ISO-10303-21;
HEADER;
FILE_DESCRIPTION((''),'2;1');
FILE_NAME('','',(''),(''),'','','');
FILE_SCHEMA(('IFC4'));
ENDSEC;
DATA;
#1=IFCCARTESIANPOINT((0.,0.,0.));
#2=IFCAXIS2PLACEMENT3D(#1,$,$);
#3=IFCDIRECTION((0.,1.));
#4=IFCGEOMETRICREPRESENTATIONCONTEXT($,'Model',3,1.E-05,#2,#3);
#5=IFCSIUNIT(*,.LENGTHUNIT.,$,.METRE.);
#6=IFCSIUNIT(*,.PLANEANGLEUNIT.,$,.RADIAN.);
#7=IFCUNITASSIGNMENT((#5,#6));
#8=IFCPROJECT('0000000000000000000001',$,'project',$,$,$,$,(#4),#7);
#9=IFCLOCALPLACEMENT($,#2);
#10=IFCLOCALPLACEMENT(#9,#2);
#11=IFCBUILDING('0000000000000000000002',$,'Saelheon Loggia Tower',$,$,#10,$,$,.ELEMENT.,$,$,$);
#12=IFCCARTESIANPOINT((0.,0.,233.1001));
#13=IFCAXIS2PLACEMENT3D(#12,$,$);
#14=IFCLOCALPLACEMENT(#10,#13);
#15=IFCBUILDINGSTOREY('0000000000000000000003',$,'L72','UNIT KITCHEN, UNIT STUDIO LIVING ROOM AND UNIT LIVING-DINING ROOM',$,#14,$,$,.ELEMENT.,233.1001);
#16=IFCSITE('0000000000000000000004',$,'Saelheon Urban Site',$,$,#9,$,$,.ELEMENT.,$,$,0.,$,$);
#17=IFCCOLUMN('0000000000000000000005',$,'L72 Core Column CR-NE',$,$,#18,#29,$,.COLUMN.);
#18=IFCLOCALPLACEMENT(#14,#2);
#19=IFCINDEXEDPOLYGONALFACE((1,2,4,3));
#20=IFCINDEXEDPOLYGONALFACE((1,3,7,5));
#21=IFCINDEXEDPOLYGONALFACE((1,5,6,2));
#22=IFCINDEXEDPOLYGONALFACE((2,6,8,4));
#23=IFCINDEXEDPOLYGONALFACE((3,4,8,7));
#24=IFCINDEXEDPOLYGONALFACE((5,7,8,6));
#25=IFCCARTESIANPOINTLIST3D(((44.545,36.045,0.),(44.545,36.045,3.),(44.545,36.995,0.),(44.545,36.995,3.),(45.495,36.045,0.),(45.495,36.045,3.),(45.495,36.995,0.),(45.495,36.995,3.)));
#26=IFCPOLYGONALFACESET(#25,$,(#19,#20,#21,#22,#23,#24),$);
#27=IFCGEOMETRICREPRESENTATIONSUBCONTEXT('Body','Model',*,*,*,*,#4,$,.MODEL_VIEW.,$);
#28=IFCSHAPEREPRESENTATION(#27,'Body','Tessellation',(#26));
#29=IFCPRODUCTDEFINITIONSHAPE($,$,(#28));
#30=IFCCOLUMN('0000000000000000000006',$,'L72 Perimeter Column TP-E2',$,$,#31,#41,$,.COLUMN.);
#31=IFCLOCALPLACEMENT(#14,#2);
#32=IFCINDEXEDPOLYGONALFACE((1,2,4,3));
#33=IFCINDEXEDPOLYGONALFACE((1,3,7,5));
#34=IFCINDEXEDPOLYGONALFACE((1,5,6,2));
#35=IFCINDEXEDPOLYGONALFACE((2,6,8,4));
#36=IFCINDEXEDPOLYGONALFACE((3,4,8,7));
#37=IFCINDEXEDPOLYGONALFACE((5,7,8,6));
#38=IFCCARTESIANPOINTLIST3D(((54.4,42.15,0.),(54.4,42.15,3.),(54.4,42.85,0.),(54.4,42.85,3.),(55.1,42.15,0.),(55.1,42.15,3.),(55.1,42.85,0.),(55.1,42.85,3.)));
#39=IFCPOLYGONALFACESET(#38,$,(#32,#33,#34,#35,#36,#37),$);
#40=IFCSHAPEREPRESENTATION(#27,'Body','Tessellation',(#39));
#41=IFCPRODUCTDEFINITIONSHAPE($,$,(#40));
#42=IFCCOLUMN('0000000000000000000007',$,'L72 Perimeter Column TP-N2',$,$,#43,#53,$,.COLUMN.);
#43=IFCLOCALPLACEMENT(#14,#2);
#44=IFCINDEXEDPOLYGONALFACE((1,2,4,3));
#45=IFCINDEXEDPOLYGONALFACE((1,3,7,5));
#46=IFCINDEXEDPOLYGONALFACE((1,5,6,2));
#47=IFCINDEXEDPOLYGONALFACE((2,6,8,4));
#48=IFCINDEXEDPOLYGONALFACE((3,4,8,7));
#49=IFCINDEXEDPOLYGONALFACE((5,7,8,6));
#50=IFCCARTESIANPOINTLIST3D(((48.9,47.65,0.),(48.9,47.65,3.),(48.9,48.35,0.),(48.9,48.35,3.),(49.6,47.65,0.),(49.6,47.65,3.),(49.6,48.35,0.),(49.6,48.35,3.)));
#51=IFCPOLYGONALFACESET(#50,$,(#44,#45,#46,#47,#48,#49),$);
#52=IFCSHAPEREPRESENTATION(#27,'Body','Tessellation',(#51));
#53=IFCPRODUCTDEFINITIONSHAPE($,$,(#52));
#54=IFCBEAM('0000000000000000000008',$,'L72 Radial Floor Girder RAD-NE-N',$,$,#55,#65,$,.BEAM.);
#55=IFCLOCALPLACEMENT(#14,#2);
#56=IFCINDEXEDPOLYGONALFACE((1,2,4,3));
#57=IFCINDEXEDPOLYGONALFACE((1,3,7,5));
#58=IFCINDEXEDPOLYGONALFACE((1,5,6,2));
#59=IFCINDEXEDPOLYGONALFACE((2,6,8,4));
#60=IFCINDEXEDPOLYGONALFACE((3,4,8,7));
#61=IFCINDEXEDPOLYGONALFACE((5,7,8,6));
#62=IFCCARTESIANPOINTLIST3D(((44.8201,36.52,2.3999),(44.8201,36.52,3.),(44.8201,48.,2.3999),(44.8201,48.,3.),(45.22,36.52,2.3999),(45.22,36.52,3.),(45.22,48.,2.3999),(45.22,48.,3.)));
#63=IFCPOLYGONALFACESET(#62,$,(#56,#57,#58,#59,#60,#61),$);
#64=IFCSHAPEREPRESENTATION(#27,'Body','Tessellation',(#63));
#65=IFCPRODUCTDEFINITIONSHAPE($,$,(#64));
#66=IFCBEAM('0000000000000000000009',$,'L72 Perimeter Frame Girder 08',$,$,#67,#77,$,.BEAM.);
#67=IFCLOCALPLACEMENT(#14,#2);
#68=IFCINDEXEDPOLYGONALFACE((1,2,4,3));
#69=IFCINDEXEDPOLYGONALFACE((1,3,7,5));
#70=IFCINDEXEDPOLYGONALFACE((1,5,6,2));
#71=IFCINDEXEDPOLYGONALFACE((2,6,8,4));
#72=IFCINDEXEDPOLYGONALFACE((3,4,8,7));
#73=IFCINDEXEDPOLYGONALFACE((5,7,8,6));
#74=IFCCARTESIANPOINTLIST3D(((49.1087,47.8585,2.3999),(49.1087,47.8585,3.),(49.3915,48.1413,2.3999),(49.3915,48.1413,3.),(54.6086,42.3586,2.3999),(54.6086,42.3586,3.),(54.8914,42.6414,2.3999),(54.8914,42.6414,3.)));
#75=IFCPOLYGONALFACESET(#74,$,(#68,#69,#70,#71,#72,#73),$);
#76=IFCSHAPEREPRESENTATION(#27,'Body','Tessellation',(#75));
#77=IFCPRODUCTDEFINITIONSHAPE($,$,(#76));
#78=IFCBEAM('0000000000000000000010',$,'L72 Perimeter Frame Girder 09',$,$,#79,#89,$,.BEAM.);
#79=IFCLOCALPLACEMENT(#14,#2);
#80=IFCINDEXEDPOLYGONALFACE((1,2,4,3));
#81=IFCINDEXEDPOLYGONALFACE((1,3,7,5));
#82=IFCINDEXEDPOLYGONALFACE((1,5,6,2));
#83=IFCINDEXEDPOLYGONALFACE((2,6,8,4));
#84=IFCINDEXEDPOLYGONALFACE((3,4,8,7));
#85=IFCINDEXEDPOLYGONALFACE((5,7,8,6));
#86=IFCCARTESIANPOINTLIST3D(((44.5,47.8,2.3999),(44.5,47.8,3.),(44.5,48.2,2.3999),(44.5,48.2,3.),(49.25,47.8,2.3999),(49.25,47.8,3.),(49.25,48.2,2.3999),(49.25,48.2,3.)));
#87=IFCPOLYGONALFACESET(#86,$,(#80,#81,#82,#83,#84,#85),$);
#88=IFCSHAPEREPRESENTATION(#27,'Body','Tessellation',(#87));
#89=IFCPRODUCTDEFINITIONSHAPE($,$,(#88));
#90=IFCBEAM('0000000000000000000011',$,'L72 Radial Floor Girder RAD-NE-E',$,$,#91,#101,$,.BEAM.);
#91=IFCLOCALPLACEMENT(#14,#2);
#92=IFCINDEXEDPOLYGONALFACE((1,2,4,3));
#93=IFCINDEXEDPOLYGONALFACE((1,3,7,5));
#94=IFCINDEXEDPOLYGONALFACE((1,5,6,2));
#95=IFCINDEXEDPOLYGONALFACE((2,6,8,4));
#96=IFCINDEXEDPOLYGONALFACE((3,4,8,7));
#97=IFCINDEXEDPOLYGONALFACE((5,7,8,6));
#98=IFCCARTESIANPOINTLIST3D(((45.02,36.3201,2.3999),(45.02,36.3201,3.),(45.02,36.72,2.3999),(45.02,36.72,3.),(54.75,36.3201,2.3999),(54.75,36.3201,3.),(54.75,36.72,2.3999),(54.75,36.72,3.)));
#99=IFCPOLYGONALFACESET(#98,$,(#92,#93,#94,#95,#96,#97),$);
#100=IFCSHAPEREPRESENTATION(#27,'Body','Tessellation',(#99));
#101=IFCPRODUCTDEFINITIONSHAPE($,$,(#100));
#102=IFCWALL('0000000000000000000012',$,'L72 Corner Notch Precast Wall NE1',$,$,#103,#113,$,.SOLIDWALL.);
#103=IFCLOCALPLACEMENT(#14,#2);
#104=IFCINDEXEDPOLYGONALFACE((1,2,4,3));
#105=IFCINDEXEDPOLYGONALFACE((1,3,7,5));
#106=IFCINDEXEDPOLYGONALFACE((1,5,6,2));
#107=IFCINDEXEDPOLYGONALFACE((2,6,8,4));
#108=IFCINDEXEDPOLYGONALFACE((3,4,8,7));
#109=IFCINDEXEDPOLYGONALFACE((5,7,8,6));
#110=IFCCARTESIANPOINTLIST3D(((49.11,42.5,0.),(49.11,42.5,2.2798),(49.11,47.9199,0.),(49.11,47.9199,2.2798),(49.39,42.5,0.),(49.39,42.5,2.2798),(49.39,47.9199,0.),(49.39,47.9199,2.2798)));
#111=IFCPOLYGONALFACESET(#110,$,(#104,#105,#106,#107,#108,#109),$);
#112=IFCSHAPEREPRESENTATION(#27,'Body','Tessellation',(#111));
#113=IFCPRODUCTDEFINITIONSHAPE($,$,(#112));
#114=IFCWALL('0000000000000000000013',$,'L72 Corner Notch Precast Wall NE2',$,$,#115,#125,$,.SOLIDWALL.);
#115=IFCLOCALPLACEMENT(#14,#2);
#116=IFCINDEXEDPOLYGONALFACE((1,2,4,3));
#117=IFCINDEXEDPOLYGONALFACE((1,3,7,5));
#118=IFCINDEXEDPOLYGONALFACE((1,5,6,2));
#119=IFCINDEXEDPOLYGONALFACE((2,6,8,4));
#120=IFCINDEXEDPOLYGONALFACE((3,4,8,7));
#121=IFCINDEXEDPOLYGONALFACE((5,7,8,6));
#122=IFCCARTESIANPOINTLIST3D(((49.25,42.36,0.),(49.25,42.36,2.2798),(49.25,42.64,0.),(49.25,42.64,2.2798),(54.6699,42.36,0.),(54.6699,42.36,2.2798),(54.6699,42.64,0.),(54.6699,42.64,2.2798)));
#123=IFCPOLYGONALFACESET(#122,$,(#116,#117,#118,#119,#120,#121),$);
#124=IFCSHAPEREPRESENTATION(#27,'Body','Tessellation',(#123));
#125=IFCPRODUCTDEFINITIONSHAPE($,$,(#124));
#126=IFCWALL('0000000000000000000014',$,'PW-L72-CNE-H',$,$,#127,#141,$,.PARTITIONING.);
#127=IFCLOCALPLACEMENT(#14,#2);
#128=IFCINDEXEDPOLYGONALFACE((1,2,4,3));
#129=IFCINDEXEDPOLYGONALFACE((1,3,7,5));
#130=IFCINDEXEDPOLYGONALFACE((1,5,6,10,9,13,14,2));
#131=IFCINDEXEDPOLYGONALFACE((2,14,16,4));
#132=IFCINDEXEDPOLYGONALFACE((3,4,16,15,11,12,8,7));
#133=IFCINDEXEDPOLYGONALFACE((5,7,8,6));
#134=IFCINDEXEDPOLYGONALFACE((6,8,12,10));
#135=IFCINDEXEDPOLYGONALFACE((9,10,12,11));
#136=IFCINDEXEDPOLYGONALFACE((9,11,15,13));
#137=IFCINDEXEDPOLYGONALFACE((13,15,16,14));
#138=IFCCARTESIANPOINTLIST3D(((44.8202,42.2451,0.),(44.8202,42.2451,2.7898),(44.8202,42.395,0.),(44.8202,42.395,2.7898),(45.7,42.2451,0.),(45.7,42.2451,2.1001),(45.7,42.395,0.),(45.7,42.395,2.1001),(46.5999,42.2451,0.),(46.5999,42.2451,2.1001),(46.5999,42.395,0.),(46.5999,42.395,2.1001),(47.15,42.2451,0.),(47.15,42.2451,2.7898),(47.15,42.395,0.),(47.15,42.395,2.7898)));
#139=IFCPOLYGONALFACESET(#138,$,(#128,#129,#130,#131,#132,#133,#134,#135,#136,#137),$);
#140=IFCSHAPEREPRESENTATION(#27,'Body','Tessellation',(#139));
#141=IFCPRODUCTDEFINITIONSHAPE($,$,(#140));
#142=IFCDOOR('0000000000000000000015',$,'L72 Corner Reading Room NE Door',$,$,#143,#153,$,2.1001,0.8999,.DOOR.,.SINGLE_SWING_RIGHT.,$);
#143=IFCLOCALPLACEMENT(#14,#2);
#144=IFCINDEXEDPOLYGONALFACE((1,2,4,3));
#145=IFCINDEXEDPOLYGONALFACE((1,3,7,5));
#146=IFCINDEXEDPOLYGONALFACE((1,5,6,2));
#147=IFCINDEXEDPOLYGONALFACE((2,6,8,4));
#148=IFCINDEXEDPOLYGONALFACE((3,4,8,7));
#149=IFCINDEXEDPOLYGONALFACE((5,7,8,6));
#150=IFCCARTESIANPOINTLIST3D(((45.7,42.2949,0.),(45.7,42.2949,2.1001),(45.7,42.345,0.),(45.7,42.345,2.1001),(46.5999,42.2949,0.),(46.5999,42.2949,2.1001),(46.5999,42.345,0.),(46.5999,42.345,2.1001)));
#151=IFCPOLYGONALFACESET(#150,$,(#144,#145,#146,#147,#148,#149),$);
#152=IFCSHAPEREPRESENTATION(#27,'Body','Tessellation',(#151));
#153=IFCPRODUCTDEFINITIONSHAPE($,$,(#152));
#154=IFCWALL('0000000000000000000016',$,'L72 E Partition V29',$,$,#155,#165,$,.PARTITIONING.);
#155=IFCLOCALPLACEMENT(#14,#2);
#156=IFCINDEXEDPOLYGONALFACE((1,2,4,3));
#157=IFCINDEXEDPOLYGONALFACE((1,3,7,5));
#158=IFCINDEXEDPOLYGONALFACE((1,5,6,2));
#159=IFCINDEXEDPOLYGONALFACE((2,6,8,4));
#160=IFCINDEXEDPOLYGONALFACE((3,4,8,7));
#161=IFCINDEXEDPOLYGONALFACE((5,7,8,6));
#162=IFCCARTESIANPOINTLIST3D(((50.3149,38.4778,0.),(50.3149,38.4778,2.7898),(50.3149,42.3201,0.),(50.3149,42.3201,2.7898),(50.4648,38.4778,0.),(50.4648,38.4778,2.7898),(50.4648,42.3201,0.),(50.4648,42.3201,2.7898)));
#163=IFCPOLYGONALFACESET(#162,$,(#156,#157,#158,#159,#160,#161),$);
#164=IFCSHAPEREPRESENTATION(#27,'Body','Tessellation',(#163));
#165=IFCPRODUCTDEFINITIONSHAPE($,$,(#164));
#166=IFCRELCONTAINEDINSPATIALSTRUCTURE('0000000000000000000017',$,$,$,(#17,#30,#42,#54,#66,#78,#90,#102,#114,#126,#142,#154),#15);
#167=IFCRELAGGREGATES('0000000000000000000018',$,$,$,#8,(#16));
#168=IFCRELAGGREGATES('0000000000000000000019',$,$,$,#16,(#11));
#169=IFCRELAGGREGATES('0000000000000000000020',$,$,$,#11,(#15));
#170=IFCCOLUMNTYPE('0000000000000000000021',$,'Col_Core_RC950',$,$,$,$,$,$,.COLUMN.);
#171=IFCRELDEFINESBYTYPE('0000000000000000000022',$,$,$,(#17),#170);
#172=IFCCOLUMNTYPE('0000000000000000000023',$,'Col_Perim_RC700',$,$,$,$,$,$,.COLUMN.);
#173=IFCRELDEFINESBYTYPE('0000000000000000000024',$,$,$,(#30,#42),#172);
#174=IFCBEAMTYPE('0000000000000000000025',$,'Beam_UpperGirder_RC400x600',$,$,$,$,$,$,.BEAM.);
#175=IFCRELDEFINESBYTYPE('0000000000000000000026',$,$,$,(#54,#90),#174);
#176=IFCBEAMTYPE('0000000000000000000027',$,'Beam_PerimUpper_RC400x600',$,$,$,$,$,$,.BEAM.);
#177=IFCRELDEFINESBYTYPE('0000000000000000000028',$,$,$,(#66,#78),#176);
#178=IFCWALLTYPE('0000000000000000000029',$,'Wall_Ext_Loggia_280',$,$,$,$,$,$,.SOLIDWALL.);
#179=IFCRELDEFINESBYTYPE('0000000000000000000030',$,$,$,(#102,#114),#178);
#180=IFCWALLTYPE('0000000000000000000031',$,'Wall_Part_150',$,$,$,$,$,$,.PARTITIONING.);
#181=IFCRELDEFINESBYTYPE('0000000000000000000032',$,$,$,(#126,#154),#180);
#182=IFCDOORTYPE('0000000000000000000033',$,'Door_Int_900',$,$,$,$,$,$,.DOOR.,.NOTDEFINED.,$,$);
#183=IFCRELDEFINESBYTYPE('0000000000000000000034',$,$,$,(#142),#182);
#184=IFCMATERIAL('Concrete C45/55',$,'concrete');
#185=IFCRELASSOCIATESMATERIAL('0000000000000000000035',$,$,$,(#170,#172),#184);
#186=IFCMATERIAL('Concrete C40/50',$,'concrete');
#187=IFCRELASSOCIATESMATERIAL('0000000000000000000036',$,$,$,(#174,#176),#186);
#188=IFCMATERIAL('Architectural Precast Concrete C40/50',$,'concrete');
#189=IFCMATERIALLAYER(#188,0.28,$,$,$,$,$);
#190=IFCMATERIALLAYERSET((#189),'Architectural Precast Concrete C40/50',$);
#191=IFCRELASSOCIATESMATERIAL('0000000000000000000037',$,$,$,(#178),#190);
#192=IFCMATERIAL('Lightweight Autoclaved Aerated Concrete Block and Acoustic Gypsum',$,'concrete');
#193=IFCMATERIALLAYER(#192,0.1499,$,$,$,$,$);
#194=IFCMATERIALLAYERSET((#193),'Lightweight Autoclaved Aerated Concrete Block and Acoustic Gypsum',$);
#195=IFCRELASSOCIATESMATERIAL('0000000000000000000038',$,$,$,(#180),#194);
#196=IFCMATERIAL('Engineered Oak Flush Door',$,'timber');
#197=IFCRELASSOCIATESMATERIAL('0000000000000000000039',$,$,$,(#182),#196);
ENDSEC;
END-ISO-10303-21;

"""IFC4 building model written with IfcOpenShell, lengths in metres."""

from ifc_helpers import new_model, si_unit, direction, frame, frame_2d, origin, origin_2d, place, context, subcontext, project, spatial, rectangle, extrude, source, transform, mapped, material, layer, layer_set, material_profile, profile_set, type_object, element, fill, save


model = new_model("IFC4")

# Units and contexts
model_context = context("Model", 3, precision=1e-05, world=origin(), true_north=direction((0.0, 1.0)))
body_context = subcontext(model_context, "Body", "Model", "MODEL_VIEW")
ifc_project = project(units=[si_unit("LENGTHUNIT", "METRE"), si_unit("PLANEANGLEUNIT", "RADIAN")], contexts=[model_context])

# Site, building, storey
site_placement = place(None, origin())
site = spatial("IfcSite", under=ifc_project, at=site_placement, Name="Saelheon Urban Site", CompositionType="ELEMENT", RefElevation=0.0)
building_placement = place(site_placement, origin())
building = spatial("IfcBuilding", under=site, at=building_placement, Name="Saelheon Loggia Tower", CompositionType="ELEMENT")
storey_placement = place(building_placement, frame((0.0, 0.0, 233.1001)))
storey = spatial("IfcBuildingStorey", under=building, at=storey_placement, Name="L72", Description="UNIT KITCHEN, UNIT STUDIO LIVING ROOM AND UNIT LIVING-DINING ROOM", CompositionType="ELEMENT", Elevation=233.1001)

# Columns
ifc_material_1 = material(Name="Concrete C45/55", Category="concrete")
ifc_material_profile_1 = material_profile(ifc_material_1, rectangle(XDim=0.95, YDim=0.95, at=origin_2d()), Name="RC-950x950")
ifc_profile_set_1 = profile_set([ifc_material_profile_1], Name="Concrete C45/55")
column_type_1 = type_object("IfcColumnType", Name="Col_Core_RC950", PredefinedType="COLUMN", material=ifc_profile_set_1)
shared_shape_1 = source(origin(), body_context, "Body", "SweptSolid", [
    extrude(rectangle(XDim=0.95, YDim=0.95, at=origin_2d()), origin(), (0.0, 0.0, 1.0), 3.0),
])
column_placement = place(storey_placement, frame((45.02, 36.52, 0.0), z_axis=(0.0, 0.0, 1.0), x_axis=(1.0, 0.0, 0.0)))
element("IfcColumn", 1, at=column_placement, inside=storey, type_object=column_type_1, Name="L72 Core Column CR-NE", PredefinedType="COLUMN", context=body_context, shape_type="MappedRepresentation", body=[
    mapped(shared_shape_1, transform((0.0, 0.0, 0.0), scale=1.0)),
])
ifc_material_profile_2 = material_profile(ifc_material_1, rectangle(XDim=0.7, YDim=0.7, at=origin_2d()), Name="RC-700x700")
ifc_profile_set_2 = profile_set([ifc_material_profile_2], Name="Concrete C45/55")
column_type_2 = type_object("IfcColumnType", Name="Col_Perim_RC700", PredefinedType="COLUMN", material=ifc_profile_set_2)
shared_shape_2 = source(origin(), body_context, "Body", "SweptSolid", [
    extrude(rectangle(XDim=0.7, YDim=0.7, at=origin_2d()), origin(), (0.0, 0.0, 1.0), 3.0),
])
for number, where, z_axis, x_axis, name in (
    (2, (54.75, 42.5, 0.0), (0.0, 0.0, 1.0), (1.0, 0.0, 0.0), "L72 Perimeter Column TP-E2"),
    (3, (49.25, 48.0, 0.0), (0.0, 0.0, 1.0), (1.0, 0.0, 0.0), "L72 Perimeter Column TP-N2"),
):
    element("IfcColumn", number, at=place(storey_placement, frame(where, z_axis=z_axis, x_axis=x_axis)), inside=storey, type_object=column_type_2, Name=name, PredefinedType="COLUMN", context=body_context, shape_type="MappedRepresentation", body=[
        mapped(shared_shape_2, transform((0.0, 0.0, 0.0), scale=1.0)),
    ])

# Beams
ifc_material_2 = material(Name="Concrete C40/50", Category="concrete")
ifc_material_profile_3 = material_profile(ifc_material_2, rectangle(XDim=0.3999, YDim=0.6001, at=origin_2d()), Name="RC-400x600")
ifc_profile_set_3 = profile_set([ifc_material_profile_3], Name="Concrete C40/50")
beam_type_1 = type_object("IfcBeamType", Name="Beam_UpperGirder_RC400x600", PredefinedType="BEAM", material=ifc_profile_set_3)
shared_shape_3 = source(origin(), body_context, "Body", "SweptSolid", [
    extrude(rectangle(XDim=0.3999, YDim=0.6001, at=origin_2d()), origin(), (0.0, 0.0, 1.0), 11.48),
])
beam_1_placement = place(storey_placement, frame((45.02, 36.52, 2.7), z_axis=(0.0, 1.0, 0.0), x_axis=(-1.0, 0.0, 0.0)))
element("IfcBeam", 4, at=beam_1_placement, inside=storey, type_object=beam_type_1, Name="L72 Radial Floor Girder RAD-NE-N", PredefinedType="BEAM", context=body_context, shape_type="MappedRepresentation", body=[
    mapped(shared_shape_3, transform((0.0, 0.0, 0.0), scale=1.0)),
])
ifc_material_profile_4 = material_profile(ifc_material_2, rectangle(XDim=0.3999, YDim=0.6001, at=origin_2d()), Name="RC-400x600")
ifc_profile_set_4 = profile_set([ifc_material_profile_4], Name="Concrete C40/50")
beam_type_2 = type_object("IfcBeamType", Name="Beam_PerimUpper_RC400x600", PredefinedType="BEAM", material=ifc_profile_set_4)
shared_shape_4 = source(origin(), body_context, "Body", "SweptSolid", [
    extrude(rectangle(XDim=0.3999, YDim=0.6001, at=origin_2d()), origin(), (0.0, 0.0, 1.0), 7.7781),
])
beam_2_placement = place(storey_placement, frame((54.75, 42.5, 2.7), z_axis=(-0.707107, 0.707107, 0.0), x_axis=(-0.707107, -0.707107, 0.0)))
element("IfcBeam", 5, at=beam_2_placement, inside=storey, type_object=beam_type_2, Name="L72 Perimeter Frame Girder 08", PredefinedType="BEAM", context=body_context, shape_type="MappedRepresentation", body=[
    mapped(shared_shape_4, transform((0.0, 0.0, 0.0), scale=1.0)),
])
shared_shape_5 = source(origin(), body_context, "Body", "SweptSolid", [
    extrude(rectangle(XDim=0.3999, YDim=0.6001, at=origin_2d()), origin(), (0.0, 0.0, 1.0), 4.75),
])
beam_3_placement = place(storey_placement, frame((49.25, 48.0, 2.7), z_axis=(-1.0, 0.0, 0.0), x_axis=(0.0, -1.0, 0.0)))
element("IfcBeam", 6, at=beam_3_placement, inside=storey, type_object=beam_type_2, Name="L72 Perimeter Frame Girder 09", PredefinedType="BEAM", context=body_context, shape_type="MappedRepresentation", body=[
    mapped(shared_shape_5, transform((0.0, 0.0, 0.0), scale=1.0)),
])
shared_shape_6 = source(origin(), body_context, "Body", "SweptSolid", [
    extrude(rectangle(XDim=0.3999, YDim=0.6001, at=origin_2d()), origin(), (0.0, 0.0, 1.0), 9.73),
])
beam_4_placement = place(storey_placement, frame((45.02, 36.52, 2.7), z_axis=(1.0, 0.0, 0.0), x_axis=(0.0, 1.0, 0.0)))
element("IfcBeam", 7, at=beam_4_placement, inside=storey, type_object=beam_type_1, Name="L72 Radial Floor Girder RAD-NE-E", PredefinedType="BEAM", context=body_context, shape_type="MappedRepresentation", body=[
    mapped(shared_shape_6, transform((0.0, 0.0, 0.0), scale=1.0)),
])

# Walls
ifc_material_3 = material(Name="Architectural Precast Concrete C40/50", Category="concrete")
ifc_layer_1 = layer(ifc_material_3, 0.28)
ifc_layer_set_1 = layer_set([ifc_layer_1], Name="Architectural Precast Concrete C40/50")
wall_type_1 = type_object("IfcWallType", Name="Wall_Ext_Loggia_280", PredefinedType="SOLIDWALL", material=ifc_layer_set_1)
for number, where, z_axis, x_axis, name in (
    (8, (49.25, 42.5, 0.0), (0.0, 0.0, 1.0), (0.0, 1.0, 0.0), "L72 Corner Notch Precast Wall NE1"),
    (9, (49.25, 42.5, 0.0), (0.0, 0.0, 1.0), (1.0, 0.0, 0.0), "L72 Corner Notch Precast Wall NE2"),
):
    element("IfcWall", number, at=place(storey_placement, frame(where, z_axis=z_axis, x_axis=x_axis)), inside=storey, type_object=wall_type_1, Name=name, PredefinedType="SOLIDWALL", context=body_context, shape_type="SweptSolid", body=[
        extrude(rectangle(XDim=5.4199, YDim=0.28, at=frame_2d((2.71, 0.0))), origin(), (0.0, 0.0, 1.0), 2.2798),
    ])

# Wall, opening, door
ifc_material_4 = material(Name="Lightweight Autoclaved Aerated Concrete Block and Acoustic Gypsum", Category="concrete")
ifc_layer_2 = layer(ifc_material_4, 0.1499)
ifc_layer_set_2 = layer_set([ifc_layer_2], Name="Lightweight Autoclaved Aerated Concrete Block and Acoustic Gypsum")
wall_type_2 = type_object("IfcWallType", Name="Wall_Part_150", PredefinedType="PARTITIONING", material=ifc_layer_set_2)
wall_1_placement = place(storey_placement, frame((44.8201, 42.3201, 0.0), z_axis=(0.0, 0.0, 1.0), x_axis=(1.0, 0.0, 0.0)))
wall_1 = element("IfcWall", 10, at=wall_1_placement, inside=storey, type_object=wall_type_2, Name="PW-L72-CNE-H", PredefinedType="PARTITIONING", context=body_context, shape_type="SweptSolid", body=[
    extrude(rectangle(XDim=2.3298, YDim=0.1499, at=frame_2d((1.165, 0.0))), origin(), (0.0, 0.0, 1.0), 2.7898),
])
opening_1_placement = place(wall_1_placement, frame((0.8799, 0.0, 0.0)))
opening_1 = element("IfcOpeningElement", 11, at=opening_1_placement, cuts=wall_1, PredefinedType="OPENING", context=body_context, shape_type="SweptSolid", body=[
    extrude(rectangle(XDim=0.8999, YDim=2.1001, at=frame_2d((0.45, 1.05))), frame((0.0, 0.0869, 0.0), z_axis=(0.0, -1.0, 0.0), x_axis=(1.0, 0.0, 0.0)), (0.0, 0.0, 1.0), 0.1738),
])
ifc_material_5 = material(Name="Engineered Oak Flush Door", Category="timber")
door_type = type_object("IfcDoorType", Name="Door_Int_900", OperationType="NOTDEFINED", PredefinedType="DOOR", material=ifc_material_5)
shared_shape_7 = source(origin(), body_context, "Body", "SweptSolid", [
    extrude(rectangle(XDim=0.8999, YDim=2.1001, at=frame_2d((0.45, 1.05))), frame((0.0, 0.0249, 0.0), z_axis=(0.0, -1.0, 0.0), x_axis=(1.0, 0.0, 0.0)), (0.0, 0.0, 1.0), 0.05),
])
door_1_placement = place(opening_1_placement, origin())
door_1 = element("IfcDoor", 12, at=door_1_placement, inside=storey, type_object=door_type, Name="L72 Corner Reading Room NE Door", OperationType="SINGLE_SWING_RIGHT", OverallHeight=2.1001, OverallWidth=0.8999, PredefinedType="DOOR", context=body_context, shape_type="MappedRepresentation", body=[
    mapped(shared_shape_7, transform((0.0, 0.0, 0.0), scale=1.0)),
])
fill(opening_1, door_1)

# Wall
wall_2_placement = place(storey_placement, frame((50.3899, 38.4778, 0.0), z_axis=(0.0, 0.0, 1.0), x_axis=(0.0, 1.0, 0.0)))
element("IfcWall", 13, at=wall_2_placement, inside=storey, type_object=wall_type_2, Name="L72 E Partition V29", PredefinedType="PARTITIONING", context=body_context, shape_type="SweptSolid", body=[
    extrude(rectangle(XDim=3.8423, YDim=0.1499, at=frame_2d((1.9211, 0.0))), origin(), (0.0, 0.0, 1.0), 2.7898),
])

save(model, "model.ifc")
